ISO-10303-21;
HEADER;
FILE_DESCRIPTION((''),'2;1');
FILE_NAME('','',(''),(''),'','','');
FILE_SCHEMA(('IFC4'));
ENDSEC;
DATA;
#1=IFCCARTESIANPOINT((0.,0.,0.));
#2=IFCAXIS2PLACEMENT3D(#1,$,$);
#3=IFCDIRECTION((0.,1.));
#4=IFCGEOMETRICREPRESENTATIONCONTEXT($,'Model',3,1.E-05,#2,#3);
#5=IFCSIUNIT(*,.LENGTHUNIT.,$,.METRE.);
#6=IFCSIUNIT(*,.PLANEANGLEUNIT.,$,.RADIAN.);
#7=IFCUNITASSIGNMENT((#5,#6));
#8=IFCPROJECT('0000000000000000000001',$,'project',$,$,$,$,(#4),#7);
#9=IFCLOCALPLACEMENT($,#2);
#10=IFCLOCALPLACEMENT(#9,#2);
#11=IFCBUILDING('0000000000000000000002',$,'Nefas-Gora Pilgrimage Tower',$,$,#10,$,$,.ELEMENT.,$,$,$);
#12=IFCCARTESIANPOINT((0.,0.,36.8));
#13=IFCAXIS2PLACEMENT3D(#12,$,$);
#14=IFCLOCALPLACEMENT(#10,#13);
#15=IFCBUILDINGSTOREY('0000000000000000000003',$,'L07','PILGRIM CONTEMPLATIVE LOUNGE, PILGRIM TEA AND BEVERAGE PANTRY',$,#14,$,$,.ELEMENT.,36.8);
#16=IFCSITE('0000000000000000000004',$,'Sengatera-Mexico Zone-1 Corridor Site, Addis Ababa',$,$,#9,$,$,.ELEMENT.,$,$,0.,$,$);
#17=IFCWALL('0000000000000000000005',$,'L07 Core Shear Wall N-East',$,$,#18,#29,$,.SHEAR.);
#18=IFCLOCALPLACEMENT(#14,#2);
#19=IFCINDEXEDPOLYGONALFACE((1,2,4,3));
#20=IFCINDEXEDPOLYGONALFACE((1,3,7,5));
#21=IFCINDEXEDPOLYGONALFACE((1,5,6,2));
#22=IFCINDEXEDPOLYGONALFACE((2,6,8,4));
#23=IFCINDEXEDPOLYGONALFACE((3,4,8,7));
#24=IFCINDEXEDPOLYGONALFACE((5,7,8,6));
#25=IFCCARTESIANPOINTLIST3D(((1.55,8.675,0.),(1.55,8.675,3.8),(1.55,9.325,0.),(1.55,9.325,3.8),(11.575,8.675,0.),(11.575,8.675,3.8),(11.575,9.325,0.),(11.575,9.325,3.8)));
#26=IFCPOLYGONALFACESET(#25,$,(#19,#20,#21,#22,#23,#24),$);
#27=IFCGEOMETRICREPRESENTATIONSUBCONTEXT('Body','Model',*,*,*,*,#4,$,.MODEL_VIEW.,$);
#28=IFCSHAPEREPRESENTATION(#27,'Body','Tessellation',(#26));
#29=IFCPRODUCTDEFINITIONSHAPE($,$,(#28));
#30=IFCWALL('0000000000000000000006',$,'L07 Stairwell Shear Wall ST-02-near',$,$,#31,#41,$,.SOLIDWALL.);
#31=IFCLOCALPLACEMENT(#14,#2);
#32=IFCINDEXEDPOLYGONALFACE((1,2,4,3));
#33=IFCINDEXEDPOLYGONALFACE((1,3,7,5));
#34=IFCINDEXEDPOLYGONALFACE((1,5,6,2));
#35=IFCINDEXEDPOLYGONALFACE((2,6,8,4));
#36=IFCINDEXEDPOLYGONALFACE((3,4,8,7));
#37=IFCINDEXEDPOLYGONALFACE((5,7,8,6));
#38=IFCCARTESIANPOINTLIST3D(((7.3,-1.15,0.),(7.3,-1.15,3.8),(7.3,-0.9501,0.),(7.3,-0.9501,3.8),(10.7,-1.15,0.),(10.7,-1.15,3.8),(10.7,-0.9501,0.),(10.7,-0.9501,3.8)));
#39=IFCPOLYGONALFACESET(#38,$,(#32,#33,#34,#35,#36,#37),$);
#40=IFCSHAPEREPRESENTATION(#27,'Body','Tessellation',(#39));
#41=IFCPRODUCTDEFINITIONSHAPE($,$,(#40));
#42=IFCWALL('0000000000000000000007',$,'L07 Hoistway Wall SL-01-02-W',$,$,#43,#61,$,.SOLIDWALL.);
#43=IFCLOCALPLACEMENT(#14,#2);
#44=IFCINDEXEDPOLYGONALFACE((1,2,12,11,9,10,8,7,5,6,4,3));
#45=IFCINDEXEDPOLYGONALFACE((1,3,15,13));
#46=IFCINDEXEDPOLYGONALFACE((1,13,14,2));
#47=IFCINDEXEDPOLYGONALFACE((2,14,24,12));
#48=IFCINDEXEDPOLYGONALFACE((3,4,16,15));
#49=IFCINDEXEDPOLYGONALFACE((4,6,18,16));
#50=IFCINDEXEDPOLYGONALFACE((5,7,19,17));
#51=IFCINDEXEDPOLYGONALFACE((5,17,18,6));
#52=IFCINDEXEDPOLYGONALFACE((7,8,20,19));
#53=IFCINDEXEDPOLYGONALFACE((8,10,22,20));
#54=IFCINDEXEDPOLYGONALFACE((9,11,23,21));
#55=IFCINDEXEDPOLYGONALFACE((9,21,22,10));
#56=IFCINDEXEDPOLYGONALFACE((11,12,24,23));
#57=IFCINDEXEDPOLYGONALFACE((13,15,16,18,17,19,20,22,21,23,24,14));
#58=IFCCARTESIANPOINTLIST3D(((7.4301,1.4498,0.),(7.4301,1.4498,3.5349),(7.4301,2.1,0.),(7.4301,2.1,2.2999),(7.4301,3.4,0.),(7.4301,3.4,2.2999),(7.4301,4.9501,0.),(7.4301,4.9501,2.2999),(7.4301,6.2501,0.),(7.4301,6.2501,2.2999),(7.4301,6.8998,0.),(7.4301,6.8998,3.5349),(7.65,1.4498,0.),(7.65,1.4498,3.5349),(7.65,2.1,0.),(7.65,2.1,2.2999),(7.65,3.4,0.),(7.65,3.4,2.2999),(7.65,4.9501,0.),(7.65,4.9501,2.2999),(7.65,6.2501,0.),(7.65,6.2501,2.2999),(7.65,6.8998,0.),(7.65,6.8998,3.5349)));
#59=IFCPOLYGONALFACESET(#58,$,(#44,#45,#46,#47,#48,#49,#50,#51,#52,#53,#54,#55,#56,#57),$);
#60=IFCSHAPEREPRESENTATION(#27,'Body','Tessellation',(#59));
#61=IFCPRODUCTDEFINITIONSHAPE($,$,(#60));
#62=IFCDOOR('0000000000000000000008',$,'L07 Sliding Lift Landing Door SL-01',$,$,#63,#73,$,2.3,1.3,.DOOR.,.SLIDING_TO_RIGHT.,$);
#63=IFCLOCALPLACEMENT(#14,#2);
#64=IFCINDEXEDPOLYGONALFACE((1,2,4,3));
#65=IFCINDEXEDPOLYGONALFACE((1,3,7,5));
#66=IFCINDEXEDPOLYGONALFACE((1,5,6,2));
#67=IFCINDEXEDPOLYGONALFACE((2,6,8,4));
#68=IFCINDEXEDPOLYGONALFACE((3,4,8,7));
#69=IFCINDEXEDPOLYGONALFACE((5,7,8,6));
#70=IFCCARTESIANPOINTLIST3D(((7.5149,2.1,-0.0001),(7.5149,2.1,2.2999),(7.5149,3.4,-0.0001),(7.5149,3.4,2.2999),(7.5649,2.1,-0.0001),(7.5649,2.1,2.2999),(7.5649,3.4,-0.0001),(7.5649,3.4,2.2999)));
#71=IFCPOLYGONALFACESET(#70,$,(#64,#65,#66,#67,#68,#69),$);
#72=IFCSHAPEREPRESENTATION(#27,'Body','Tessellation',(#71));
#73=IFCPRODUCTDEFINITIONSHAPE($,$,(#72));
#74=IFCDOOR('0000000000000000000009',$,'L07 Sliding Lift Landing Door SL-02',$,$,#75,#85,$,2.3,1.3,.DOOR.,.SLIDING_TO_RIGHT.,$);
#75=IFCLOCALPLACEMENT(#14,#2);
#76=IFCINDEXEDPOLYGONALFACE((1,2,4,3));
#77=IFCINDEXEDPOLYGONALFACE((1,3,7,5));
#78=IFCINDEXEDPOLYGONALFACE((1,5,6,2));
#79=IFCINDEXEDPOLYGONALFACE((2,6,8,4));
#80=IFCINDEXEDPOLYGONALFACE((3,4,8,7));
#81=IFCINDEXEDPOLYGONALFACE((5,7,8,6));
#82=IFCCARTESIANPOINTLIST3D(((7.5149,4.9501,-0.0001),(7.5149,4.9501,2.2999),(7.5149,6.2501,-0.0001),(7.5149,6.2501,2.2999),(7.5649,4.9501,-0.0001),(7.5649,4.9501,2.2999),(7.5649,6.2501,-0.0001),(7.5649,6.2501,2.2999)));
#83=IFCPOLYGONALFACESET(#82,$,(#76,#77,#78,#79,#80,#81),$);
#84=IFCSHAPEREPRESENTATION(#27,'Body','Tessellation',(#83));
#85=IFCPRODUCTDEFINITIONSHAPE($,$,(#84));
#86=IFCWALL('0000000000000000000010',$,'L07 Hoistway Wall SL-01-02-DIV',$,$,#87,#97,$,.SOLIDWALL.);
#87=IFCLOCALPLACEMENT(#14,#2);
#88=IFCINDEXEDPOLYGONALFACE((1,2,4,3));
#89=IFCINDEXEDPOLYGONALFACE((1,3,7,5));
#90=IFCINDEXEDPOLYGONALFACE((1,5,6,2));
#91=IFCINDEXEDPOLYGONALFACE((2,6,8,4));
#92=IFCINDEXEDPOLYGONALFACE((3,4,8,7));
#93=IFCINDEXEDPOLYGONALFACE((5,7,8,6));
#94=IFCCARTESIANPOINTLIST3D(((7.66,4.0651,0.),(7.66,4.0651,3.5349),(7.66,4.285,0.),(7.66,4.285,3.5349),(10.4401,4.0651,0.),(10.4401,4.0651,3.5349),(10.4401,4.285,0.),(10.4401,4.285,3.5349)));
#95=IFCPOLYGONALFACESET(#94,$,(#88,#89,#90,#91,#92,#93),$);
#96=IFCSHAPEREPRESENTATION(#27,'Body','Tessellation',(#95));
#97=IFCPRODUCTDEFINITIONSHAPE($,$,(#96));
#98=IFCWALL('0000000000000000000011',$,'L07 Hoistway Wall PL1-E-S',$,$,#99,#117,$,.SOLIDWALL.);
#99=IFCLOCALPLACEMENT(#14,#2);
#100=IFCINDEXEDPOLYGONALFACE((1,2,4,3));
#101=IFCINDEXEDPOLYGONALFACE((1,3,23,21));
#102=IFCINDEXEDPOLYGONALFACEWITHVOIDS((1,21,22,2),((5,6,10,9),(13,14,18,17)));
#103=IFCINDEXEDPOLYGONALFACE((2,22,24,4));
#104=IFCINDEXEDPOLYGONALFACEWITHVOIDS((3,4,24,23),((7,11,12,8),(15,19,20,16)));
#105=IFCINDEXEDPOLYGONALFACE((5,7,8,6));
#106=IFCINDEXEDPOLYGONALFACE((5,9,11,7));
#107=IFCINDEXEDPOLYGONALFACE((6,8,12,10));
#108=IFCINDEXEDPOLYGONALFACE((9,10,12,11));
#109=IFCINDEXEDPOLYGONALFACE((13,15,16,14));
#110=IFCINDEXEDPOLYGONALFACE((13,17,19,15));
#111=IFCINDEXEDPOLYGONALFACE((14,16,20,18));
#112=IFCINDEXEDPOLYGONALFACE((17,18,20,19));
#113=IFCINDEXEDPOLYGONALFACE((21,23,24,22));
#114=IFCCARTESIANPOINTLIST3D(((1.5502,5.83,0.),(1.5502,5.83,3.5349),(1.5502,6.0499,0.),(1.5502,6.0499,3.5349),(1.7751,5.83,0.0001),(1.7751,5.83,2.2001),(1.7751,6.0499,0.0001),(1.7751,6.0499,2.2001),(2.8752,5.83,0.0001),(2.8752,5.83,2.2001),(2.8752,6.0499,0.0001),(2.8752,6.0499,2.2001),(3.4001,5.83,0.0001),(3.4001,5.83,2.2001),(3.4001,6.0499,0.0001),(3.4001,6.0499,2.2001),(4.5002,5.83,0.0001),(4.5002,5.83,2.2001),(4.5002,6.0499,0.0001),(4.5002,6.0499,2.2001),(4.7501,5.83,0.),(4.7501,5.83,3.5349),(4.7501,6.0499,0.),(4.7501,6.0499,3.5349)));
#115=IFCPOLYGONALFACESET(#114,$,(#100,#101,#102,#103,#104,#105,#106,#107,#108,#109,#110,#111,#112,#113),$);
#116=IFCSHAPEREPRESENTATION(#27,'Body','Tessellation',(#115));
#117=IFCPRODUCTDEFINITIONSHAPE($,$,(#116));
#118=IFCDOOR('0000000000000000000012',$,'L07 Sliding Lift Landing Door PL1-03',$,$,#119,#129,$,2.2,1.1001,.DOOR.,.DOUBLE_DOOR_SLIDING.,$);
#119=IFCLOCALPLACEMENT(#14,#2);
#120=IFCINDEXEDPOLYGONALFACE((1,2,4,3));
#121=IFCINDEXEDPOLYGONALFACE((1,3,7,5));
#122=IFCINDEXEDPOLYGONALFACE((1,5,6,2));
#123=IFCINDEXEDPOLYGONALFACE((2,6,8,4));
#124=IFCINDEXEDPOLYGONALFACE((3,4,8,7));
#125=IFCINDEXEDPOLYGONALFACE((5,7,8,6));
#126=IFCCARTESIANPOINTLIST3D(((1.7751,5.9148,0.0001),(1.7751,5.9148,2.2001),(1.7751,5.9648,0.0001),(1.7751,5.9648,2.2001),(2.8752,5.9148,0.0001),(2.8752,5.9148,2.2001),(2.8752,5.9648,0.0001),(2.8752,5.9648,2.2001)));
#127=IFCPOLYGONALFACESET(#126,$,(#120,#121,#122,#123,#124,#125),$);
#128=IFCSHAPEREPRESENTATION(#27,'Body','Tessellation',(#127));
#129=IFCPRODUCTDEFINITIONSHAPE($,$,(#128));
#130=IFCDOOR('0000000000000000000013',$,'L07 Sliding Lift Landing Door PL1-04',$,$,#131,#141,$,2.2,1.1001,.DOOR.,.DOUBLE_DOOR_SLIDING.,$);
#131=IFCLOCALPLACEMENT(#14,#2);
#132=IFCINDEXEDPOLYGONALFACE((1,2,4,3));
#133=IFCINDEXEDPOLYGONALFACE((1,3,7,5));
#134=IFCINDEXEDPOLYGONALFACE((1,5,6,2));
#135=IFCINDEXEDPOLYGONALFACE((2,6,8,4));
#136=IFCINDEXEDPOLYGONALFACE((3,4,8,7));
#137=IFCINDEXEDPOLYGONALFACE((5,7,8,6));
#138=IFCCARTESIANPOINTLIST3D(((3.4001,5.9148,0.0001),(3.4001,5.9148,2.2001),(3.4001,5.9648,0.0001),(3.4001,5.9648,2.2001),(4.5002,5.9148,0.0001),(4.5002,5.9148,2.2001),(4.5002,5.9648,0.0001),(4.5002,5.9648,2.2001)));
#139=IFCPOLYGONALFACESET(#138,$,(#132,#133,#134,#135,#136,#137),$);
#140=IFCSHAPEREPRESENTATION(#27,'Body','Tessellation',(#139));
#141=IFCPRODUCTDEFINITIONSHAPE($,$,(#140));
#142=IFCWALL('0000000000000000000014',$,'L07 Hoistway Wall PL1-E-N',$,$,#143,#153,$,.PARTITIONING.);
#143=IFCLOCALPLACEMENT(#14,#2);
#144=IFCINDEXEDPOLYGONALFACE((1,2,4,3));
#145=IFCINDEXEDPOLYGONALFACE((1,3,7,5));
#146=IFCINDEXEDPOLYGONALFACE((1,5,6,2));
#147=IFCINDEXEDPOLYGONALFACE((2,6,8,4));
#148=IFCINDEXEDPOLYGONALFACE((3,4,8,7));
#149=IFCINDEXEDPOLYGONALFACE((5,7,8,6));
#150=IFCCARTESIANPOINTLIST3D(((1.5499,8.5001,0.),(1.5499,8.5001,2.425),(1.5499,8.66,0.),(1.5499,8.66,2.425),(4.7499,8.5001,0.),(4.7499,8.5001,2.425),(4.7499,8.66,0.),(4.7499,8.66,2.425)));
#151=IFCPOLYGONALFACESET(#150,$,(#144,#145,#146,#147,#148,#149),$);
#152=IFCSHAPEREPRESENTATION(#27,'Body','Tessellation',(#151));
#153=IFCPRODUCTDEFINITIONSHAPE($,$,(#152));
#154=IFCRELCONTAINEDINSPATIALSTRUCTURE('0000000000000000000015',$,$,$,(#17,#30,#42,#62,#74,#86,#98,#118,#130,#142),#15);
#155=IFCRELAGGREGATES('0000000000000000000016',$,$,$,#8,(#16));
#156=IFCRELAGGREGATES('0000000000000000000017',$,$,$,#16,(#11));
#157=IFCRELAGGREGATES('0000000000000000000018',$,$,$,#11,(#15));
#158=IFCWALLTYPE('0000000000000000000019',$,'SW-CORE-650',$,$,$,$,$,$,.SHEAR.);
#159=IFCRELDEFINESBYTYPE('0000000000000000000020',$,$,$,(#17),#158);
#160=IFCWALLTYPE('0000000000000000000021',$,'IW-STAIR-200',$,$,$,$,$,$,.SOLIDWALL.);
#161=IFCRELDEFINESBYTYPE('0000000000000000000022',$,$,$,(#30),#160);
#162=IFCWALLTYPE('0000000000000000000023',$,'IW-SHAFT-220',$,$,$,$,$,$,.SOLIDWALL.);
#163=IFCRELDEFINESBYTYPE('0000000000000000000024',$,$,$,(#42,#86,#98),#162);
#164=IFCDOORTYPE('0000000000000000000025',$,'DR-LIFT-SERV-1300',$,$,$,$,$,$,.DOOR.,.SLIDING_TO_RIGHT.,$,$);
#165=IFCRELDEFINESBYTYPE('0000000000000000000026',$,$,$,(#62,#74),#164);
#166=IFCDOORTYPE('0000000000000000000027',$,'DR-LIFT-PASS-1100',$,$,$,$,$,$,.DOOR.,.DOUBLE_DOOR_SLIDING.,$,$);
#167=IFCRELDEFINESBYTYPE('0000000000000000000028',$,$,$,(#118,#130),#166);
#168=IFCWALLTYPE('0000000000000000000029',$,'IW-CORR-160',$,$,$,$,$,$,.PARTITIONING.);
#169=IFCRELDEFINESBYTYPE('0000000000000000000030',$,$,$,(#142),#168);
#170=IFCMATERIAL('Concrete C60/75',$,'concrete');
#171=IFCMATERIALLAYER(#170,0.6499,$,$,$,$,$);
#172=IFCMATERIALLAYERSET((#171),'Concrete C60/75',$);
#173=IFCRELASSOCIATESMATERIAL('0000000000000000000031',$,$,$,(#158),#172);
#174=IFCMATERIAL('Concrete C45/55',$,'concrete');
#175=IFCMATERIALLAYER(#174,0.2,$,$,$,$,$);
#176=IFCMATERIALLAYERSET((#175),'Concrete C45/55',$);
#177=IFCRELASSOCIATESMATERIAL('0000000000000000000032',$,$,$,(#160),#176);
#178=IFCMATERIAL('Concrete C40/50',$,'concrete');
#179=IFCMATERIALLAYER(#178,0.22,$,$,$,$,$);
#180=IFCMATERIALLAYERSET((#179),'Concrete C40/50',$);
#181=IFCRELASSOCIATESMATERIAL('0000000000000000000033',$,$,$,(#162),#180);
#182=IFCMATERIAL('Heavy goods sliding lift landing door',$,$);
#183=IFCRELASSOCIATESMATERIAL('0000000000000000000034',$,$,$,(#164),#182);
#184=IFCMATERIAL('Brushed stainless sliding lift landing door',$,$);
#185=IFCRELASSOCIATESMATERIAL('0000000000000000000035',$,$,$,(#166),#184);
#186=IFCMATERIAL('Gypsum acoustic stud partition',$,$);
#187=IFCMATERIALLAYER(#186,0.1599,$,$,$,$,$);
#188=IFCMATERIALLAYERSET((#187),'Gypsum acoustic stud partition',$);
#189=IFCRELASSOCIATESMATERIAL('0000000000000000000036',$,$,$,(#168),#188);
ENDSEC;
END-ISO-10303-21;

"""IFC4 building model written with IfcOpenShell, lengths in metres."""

from ifc_helpers import new_model, si_unit, direction, frame, frame_2d, origin, place, context, subcontext, project, spatial, rectangle, extrude, source, transform, mapped, material, layer, layer_set, type_object, element, fill, save


model = new_model("IFC4")

# Units and contexts
model_context = context("Model", 3, precision=1e-05, world=origin(), true_north=direction((0.0, 1.0)))
body_context = subcontext(model_context, "Body", "Model", "MODEL_VIEW")
ifc_project = project(units=[si_unit("LENGTHUNIT", "METRE"), si_unit("PLANEANGLEUNIT", "RADIAN")], contexts=[model_context])

# Site, building, storey
site_placement = place(None, origin())
site = spatial("IfcSite", under=ifc_project, at=site_placement, Name="Sengatera-Mexico Zone-1 Corridor Site, Addis Ababa", CompositionType="ELEMENT", RefElevation=0.0)
building_placement = place(site_placement, origin())
building = spatial("IfcBuilding", under=site, at=building_placement, Name="Nefas-Gora Pilgrimage Tower", CompositionType="ELEMENT")
storey_placement = place(building_placement, frame((0.0, 0.0, 36.8)))
storey = spatial("IfcBuildingStorey", under=building, at=storey_placement, Name="L07", Description="PILGRIM CONTEMPLATIVE LOUNGE, PILGRIM TEA AND BEVERAGE PANTRY", CompositionType="ELEMENT", Elevation=36.8)

# Walls
ifc_material_1 = material(Name="Concrete C60/75", Category="concrete")
ifc_layer_1 = layer(ifc_material_1, 0.6499)
ifc_layer_set_1 = layer_set([ifc_layer_1], Name="Concrete C60/75")
wall_type_1 = type_object("IfcWallType", Name="SW-CORE-650", PredefinedType="SHEAR", material=ifc_layer_set_1)
shared_shape_1 = source(origin(), body_context, "Body", "SweptSolid", [
    extrude(rectangle(XDim=10.0249, YDim=0.6499, at=frame_2d((5.0125, 0.0))), origin(), (0.0, 0.0, 1.0), 3.8),
])
wall_1_placement = place(storey_placement, frame((1.55, 9.0, 0.0), z_axis=(0.0, 0.0, 1.0), x_axis=(1.0, 0.0, 0.0)))
element("IfcWall", 1, at=wall_1_placement, inside=storey, type_object=wall_type_1, Name="L07 Core Shear Wall N-East", PredefinedType="SHEAR", context=body_context, shape_type="MappedRepresentation", body=[
    mapped(shared_shape_1, transform((0.0, 0.0, 0.0), x_axis=(1.0, 0.0, 0.0), y_axis=(0.0, 1.0, 0.0), z_axis=(0.0, 0.0, 1.0), scale=1.0)),
])
ifc_material_2 = material(Name="Concrete C45/55", Category="concrete")
ifc_layer_2 = layer(ifc_material_2, 0.2)
ifc_layer_set_2 = layer_set([ifc_layer_2], Name="Concrete C45/55")
wall_type_2 = type_object("IfcWallType", Name="IW-STAIR-200", PredefinedType="SOLIDWALL", material=ifc_layer_set_2)
shared_shape_2 = source(origin(), body_context, "Body", "SweptSolid", [
    extrude(rectangle(XDim=3.3999, YDim=0.2, at=frame_2d((1.7, 0.0))), origin(), (0.0, 0.0, 1.0), 3.8),
])
wall_2_placement = place(storey_placement, frame((7.3, -1.05, 0.0), z_axis=(0.0, 0.0, 1.0), x_axis=(1.0, 0.0, 0.0)))
element("IfcWall", 2, at=wall_2_placement, inside=storey, type_object=wall_type_2, Name="L07 Stairwell Shear Wall ST-02-near", PredefinedType="SOLIDWALL", context=body_context, shape_type="MappedRepresentation", body=[
    mapped(shared_shape_2, transform((0.0, 0.0, 0.0), x_axis=(1.0, 0.0, 0.0), y_axis=(0.0, 1.0, 0.0), z_axis=(0.0, 0.0, 1.0), scale=1.0)),
])

# Wall, openings, doors
ifc_material_3 = material(Name="Concrete C40/50", Category="concrete")
ifc_layer_3 = layer(ifc_material_3, 0.22)
ifc_layer_set_3 = layer_set([ifc_layer_3], Name="Concrete C40/50")
wall_type_3 = type_object("IfcWallType", Name="IW-SHAFT-220", PredefinedType="SOLIDWALL", material=ifc_layer_set_3)
shared_shape_3 = source(origin(), body_context, "Body", "SweptSolid", [
    extrude(rectangle(XDim=5.45, YDim=0.22, at=frame_2d((2.7251, 0.0))), origin(), (0.0, 0.0, 1.0), 3.5349),
])
wall_3_placement = place(storey_placement, frame((7.54, 6.8999, 0.0), z_axis=(0.0, 0.0, 1.0), x_axis=(0.0, -1.0, 0.0)))
wall_3 = element("IfcWall", 3, at=wall_3_placement, inside=storey, type_object=wall_type_3, Name="L07 Hoistway Wall SL-01-02-W", PredefinedType="SOLIDWALL", context=body_context, shape_type="MappedRepresentation", body=[
    mapped(shared_shape_3, transform((0.0, 0.0, 0.0), x_axis=(1.0, 0.0, 0.0), y_axis=(0.0, 1.0, 0.0), z_axis=(0.0, 0.0, 1.0), scale=1.0)),
])
opening_1_placement = place(wall_3_placement, frame((3.5, 0.0, 0.0)))
opening_1 = element("IfcOpeningElement", 4, at=opening_1_placement, cuts=wall_3, PredefinedType="OPENING", context=body_context, shape_type="SweptSolid", body=[
    extrude(rectangle(XDim=1.3, YDim=2.3, at=frame_2d((0.6499, 1.1499))), frame((0.0, 0.1199, 0.0), z_axis=(0.0, -1.0, 0.0), x_axis=(1.0, 0.0, 0.0)), (0.0, 0.0, 1.0), 0.24),
])
opening_2_placement = place(wall_3_placement, frame((0.6499, 0.0, 0.0)))
opening_2 = element("IfcOpeningElement", 5, at=opening_2_placement, cuts=wall_3, PredefinedType="OPENING", context=body_context, shape_type="SweptSolid", body=[
    extrude(rectangle(XDim=1.3, YDim=2.3, at=frame_2d((0.6499, 1.1499))), frame((0.0, 0.1199, 0.0), z_axis=(0.0, -1.0, 0.0), x_axis=(1.0, 0.0, 0.0)), (0.0, 0.0, 1.0), 0.24),
])
ifc_material_4 = material(Name="Heavy goods sliding lift landing door")
door_type_1 = type_object("IfcDoorType", Name="DR-LIFT-SERV-1300", OperationType="SLIDING_TO_RIGHT", PredefinedType="DOOR", material=ifc_material_4)
shared_shape_4 = source(origin(), body_context, "Body", "SweptSolid", [
    extrude(rectangle(XDim=1.3, YDim=2.3, at=frame_2d((0.6499, 1.1499))), frame((0.0, 0.0249, 0.0), z_axis=(0.0, -1.0, 0.0), x_axis=(1.0, 0.0, 0.0)), (0.0, 0.0, 1.0), 0.05),
])
door_1_placement = place(opening_1_placement, origin())
door_1 = element("IfcDoor", 6, at=door_1_placement, inside=storey, type_object=door_type_1, Name="L07 Sliding Lift Landing Door SL-01", OperationType="SLIDING_TO_RIGHT", OverallHeight=2.3, OverallWidth=1.3, PredefinedType="DOOR", context=body_context, shape_type="MappedRepresentation", body=[
    mapped(shared_shape_4, transform((0.0, 0.0, 0.0), x_axis=(1.0, 0.0, 0.0), y_axis=(0.0, 1.0, 0.0), z_axis=(0.0, 0.0, 1.0), scale=1.0)),
])
fill(opening_1, door_1)
door_2_placement = place(opening_2_placement, origin())
door_2 = element("IfcDoor", 7, at=door_2_placement, inside=storey, type_object=door_type_1, Name="L07 Sliding Lift Landing Door SL-02", OperationType="SLIDING_TO_RIGHT", OverallHeight=2.3, OverallWidth=1.3, PredefinedType="DOOR", context=body_context, shape_type="MappedRepresentation", body=[
    mapped(shared_shape_4, transform((0.0, 0.0, 0.0), x_axis=(1.0, 0.0, 0.0), y_axis=(0.0, 1.0, 0.0), z_axis=(0.0, 0.0, 1.0), scale=1.0)),
])
fill(opening_2, door_2)

# Wall
shared_shape_5 = source(origin(), body_context, "Body", "SweptSolid", [
    extrude(rectangle(XDim=2.78, YDim=0.22, at=frame_2d((1.3901, 0.0))), origin(), (0.0, 0.0, 1.0), 3.5349),
])
wall_4_placement = place(storey_placement, frame((7.6599, 4.175, 0.0), z_axis=(0.0, 0.0, 1.0), x_axis=(1.0, 0.0, 0.0)))
element("IfcWall", 8, at=wall_4_placement, inside=storey, type_object=wall_type_3, Name="L07 Hoistway Wall SL-01-02-DIV", PredefinedType="SOLIDWALL", context=body_context, shape_type="MappedRepresentation", body=[
    mapped(shared_shape_5, transform((0.0, 0.0, 0.0), x_axis=(1.0, 0.0, 0.0), y_axis=(0.0, 1.0, 0.0), z_axis=(0.0, 0.0, 1.0), scale=1.0)),
])

# Wall, openings, doors
shared_shape_6 = source(origin(), body_context, "Body", "SweptSolid", [
    extrude(rectangle(XDim=3.2, YDim=0.22, at=frame_2d((1.6001, 0.0))), origin(), (0.0, 0.0, 1.0), 3.5349),
])
wall_5_placement = place(storey_placement, frame((1.55, 5.9399, 0.0), z_axis=(0.0, 0.0, 1.0), x_axis=(1.0, 0.0, 0.0)))
wall_5 = element("IfcWall", 9, at=wall_5_placement, inside=storey, type_object=wall_type_3, Name="L07 Hoistway Wall PL1-E-S", PredefinedType="SOLIDWALL", context=body_context, shape_type="MappedRepresentation", body=[
    mapped(shared_shape_6, transform((0.0, 0.0, 0.0), x_axis=(1.0, 0.0, 0.0), y_axis=(0.0, 1.0, 0.0), z_axis=(0.0, 0.0, 1.0), scale=1.0)),
])
opening_3_placement = place(wall_5_placement, frame((0.2251, 0.0, 0.0)))
opening_3 = element("IfcOpeningElement", 10, at=opening_3_placement, cuts=wall_5, PredefinedType="OPENING", context=body_context, shape_type="SweptSolid", body=[
    extrude(rectangle(XDim=1.1001, YDim=2.2, at=frame_2d((0.55, 1.1001))), frame((0.0, 0.1199, 0.0), z_axis=(0.0, -1.0, 0.0), x_axis=(1.0, 0.0, 0.0)), (0.0, 0.0, 1.0), 0.24),
])
opening_4_placement = place(wall_5_placement, frame((1.8501, 0.0, 0.0)))
opening_4 = element("IfcOpeningElement", 11, at=opening_4_placement, cuts=wall_5, PredefinedType="OPENING", context=body_context, shape_type="SweptSolid", body=[
    extrude(rectangle(XDim=1.1001, YDim=2.2, at=frame_2d((0.55, 1.1001))), frame((0.0, 0.1199, 0.0), z_axis=(0.0, -1.0, 0.0), x_axis=(1.0, 0.0, 0.0)), (0.0, 0.0, 1.0), 0.24),
])
ifc_material_5 = material(Name="Brushed stainless sliding lift landing door")
door_type_2 = type_object("IfcDoorType", Name="DR-LIFT-PASS-1100", OperationType="DOUBLE_DOOR_SLIDING", PredefinedType="DOOR", material=ifc_material_5)
shared_shape_7 = source(origin(), body_context, "Body", "SweptSolid", [
    extrude(rectangle(XDim=1.1001, YDim=2.2, at=frame_2d((0.55, 1.1001))), frame((0.0, 0.0249, 0.0), z_axis=(0.0, -1.0, 0.0), x_axis=(1.0, 0.0, 0.0)), (0.0, 0.0, 1.0), 0.05),
])
door_3_placement = place(opening_3_placement, origin())
door_3 = element("IfcDoor", 12, at=door_3_placement, inside=storey, type_object=door_type_2, Name="L07 Sliding Lift Landing Door PL1-03", OperationType="DOUBLE_DOOR_SLIDING", OverallHeight=2.2, OverallWidth=1.1001, PredefinedType="DOOR", context=body_context, shape_type="MappedRepresentation", body=[
    mapped(shared_shape_7, transform((0.0, 0.0, 0.0), x_axis=(1.0, 0.0, 0.0), y_axis=(0.0, 1.0, 0.0), z_axis=(0.0, 0.0, 1.0), scale=1.0)),
])
fill(opening_3, door_3)
door_4_placement = place(opening_4_placement, origin())
door_4 = element("IfcDoor", 13, at=door_4_placement, inside=storey, type_object=door_type_2, Name="L07 Sliding Lift Landing Door PL1-04", OperationType="DOUBLE_DOOR_SLIDING", OverallHeight=2.2, OverallWidth=1.1001, PredefinedType="DOOR", context=body_context, shape_type="MappedRepresentation", body=[
    mapped(shared_shape_7, transform((0.0, 0.0, 0.0), x_axis=(1.0, 0.0, 0.0), y_axis=(0.0, 1.0, 0.0), z_axis=(0.0, 0.0, 1.0), scale=1.0)),
])
fill(opening_4, door_4)

# Wall
ifc_material_6 = material(Name="Gypsum acoustic stud partition")
ifc_layer_4 = layer(ifc_material_6, 0.1599)
ifc_layer_set_4 = layer_set([ifc_layer_4], Name="Gypsum acoustic stud partition")
wall_type_4 = type_object("IfcWallType", Name="IW-CORR-160", PredefinedType="PARTITIONING", material=ifc_layer_set_4)
shared_shape_8 = source(origin(), body_context, "Body", "SweptSolid", [
    extrude(rectangle(XDim=3.2, YDim=0.1599, at=frame_2d((1.6001, 0.0))), origin(), (0.0, 0.0, 1.0), 2.425),
])
wall_6_placement = place(storey_placement, frame((4.75, 8.5801, 0.0), z_axis=(0.0, 0.0, 1.0), x_axis=(-1.0, 0.0, 0.0)))
element("IfcWall", 14, at=wall_6_placement, inside=storey, type_object=wall_type_4, Name="L07 Hoistway Wall PL1-E-N", PredefinedType="PARTITIONING", context=body_context, shape_type="MappedRepresentation", body=[
    mapped(shared_shape_8, transform((0.0, 0.0, 0.0), x_axis=(1.0, 0.0, 0.0), y_axis=(0.0, 1.0, 0.0), z_axis=(0.0, 0.0, 1.0), scale=1.0)),
])

save(model, "model.ifc")
